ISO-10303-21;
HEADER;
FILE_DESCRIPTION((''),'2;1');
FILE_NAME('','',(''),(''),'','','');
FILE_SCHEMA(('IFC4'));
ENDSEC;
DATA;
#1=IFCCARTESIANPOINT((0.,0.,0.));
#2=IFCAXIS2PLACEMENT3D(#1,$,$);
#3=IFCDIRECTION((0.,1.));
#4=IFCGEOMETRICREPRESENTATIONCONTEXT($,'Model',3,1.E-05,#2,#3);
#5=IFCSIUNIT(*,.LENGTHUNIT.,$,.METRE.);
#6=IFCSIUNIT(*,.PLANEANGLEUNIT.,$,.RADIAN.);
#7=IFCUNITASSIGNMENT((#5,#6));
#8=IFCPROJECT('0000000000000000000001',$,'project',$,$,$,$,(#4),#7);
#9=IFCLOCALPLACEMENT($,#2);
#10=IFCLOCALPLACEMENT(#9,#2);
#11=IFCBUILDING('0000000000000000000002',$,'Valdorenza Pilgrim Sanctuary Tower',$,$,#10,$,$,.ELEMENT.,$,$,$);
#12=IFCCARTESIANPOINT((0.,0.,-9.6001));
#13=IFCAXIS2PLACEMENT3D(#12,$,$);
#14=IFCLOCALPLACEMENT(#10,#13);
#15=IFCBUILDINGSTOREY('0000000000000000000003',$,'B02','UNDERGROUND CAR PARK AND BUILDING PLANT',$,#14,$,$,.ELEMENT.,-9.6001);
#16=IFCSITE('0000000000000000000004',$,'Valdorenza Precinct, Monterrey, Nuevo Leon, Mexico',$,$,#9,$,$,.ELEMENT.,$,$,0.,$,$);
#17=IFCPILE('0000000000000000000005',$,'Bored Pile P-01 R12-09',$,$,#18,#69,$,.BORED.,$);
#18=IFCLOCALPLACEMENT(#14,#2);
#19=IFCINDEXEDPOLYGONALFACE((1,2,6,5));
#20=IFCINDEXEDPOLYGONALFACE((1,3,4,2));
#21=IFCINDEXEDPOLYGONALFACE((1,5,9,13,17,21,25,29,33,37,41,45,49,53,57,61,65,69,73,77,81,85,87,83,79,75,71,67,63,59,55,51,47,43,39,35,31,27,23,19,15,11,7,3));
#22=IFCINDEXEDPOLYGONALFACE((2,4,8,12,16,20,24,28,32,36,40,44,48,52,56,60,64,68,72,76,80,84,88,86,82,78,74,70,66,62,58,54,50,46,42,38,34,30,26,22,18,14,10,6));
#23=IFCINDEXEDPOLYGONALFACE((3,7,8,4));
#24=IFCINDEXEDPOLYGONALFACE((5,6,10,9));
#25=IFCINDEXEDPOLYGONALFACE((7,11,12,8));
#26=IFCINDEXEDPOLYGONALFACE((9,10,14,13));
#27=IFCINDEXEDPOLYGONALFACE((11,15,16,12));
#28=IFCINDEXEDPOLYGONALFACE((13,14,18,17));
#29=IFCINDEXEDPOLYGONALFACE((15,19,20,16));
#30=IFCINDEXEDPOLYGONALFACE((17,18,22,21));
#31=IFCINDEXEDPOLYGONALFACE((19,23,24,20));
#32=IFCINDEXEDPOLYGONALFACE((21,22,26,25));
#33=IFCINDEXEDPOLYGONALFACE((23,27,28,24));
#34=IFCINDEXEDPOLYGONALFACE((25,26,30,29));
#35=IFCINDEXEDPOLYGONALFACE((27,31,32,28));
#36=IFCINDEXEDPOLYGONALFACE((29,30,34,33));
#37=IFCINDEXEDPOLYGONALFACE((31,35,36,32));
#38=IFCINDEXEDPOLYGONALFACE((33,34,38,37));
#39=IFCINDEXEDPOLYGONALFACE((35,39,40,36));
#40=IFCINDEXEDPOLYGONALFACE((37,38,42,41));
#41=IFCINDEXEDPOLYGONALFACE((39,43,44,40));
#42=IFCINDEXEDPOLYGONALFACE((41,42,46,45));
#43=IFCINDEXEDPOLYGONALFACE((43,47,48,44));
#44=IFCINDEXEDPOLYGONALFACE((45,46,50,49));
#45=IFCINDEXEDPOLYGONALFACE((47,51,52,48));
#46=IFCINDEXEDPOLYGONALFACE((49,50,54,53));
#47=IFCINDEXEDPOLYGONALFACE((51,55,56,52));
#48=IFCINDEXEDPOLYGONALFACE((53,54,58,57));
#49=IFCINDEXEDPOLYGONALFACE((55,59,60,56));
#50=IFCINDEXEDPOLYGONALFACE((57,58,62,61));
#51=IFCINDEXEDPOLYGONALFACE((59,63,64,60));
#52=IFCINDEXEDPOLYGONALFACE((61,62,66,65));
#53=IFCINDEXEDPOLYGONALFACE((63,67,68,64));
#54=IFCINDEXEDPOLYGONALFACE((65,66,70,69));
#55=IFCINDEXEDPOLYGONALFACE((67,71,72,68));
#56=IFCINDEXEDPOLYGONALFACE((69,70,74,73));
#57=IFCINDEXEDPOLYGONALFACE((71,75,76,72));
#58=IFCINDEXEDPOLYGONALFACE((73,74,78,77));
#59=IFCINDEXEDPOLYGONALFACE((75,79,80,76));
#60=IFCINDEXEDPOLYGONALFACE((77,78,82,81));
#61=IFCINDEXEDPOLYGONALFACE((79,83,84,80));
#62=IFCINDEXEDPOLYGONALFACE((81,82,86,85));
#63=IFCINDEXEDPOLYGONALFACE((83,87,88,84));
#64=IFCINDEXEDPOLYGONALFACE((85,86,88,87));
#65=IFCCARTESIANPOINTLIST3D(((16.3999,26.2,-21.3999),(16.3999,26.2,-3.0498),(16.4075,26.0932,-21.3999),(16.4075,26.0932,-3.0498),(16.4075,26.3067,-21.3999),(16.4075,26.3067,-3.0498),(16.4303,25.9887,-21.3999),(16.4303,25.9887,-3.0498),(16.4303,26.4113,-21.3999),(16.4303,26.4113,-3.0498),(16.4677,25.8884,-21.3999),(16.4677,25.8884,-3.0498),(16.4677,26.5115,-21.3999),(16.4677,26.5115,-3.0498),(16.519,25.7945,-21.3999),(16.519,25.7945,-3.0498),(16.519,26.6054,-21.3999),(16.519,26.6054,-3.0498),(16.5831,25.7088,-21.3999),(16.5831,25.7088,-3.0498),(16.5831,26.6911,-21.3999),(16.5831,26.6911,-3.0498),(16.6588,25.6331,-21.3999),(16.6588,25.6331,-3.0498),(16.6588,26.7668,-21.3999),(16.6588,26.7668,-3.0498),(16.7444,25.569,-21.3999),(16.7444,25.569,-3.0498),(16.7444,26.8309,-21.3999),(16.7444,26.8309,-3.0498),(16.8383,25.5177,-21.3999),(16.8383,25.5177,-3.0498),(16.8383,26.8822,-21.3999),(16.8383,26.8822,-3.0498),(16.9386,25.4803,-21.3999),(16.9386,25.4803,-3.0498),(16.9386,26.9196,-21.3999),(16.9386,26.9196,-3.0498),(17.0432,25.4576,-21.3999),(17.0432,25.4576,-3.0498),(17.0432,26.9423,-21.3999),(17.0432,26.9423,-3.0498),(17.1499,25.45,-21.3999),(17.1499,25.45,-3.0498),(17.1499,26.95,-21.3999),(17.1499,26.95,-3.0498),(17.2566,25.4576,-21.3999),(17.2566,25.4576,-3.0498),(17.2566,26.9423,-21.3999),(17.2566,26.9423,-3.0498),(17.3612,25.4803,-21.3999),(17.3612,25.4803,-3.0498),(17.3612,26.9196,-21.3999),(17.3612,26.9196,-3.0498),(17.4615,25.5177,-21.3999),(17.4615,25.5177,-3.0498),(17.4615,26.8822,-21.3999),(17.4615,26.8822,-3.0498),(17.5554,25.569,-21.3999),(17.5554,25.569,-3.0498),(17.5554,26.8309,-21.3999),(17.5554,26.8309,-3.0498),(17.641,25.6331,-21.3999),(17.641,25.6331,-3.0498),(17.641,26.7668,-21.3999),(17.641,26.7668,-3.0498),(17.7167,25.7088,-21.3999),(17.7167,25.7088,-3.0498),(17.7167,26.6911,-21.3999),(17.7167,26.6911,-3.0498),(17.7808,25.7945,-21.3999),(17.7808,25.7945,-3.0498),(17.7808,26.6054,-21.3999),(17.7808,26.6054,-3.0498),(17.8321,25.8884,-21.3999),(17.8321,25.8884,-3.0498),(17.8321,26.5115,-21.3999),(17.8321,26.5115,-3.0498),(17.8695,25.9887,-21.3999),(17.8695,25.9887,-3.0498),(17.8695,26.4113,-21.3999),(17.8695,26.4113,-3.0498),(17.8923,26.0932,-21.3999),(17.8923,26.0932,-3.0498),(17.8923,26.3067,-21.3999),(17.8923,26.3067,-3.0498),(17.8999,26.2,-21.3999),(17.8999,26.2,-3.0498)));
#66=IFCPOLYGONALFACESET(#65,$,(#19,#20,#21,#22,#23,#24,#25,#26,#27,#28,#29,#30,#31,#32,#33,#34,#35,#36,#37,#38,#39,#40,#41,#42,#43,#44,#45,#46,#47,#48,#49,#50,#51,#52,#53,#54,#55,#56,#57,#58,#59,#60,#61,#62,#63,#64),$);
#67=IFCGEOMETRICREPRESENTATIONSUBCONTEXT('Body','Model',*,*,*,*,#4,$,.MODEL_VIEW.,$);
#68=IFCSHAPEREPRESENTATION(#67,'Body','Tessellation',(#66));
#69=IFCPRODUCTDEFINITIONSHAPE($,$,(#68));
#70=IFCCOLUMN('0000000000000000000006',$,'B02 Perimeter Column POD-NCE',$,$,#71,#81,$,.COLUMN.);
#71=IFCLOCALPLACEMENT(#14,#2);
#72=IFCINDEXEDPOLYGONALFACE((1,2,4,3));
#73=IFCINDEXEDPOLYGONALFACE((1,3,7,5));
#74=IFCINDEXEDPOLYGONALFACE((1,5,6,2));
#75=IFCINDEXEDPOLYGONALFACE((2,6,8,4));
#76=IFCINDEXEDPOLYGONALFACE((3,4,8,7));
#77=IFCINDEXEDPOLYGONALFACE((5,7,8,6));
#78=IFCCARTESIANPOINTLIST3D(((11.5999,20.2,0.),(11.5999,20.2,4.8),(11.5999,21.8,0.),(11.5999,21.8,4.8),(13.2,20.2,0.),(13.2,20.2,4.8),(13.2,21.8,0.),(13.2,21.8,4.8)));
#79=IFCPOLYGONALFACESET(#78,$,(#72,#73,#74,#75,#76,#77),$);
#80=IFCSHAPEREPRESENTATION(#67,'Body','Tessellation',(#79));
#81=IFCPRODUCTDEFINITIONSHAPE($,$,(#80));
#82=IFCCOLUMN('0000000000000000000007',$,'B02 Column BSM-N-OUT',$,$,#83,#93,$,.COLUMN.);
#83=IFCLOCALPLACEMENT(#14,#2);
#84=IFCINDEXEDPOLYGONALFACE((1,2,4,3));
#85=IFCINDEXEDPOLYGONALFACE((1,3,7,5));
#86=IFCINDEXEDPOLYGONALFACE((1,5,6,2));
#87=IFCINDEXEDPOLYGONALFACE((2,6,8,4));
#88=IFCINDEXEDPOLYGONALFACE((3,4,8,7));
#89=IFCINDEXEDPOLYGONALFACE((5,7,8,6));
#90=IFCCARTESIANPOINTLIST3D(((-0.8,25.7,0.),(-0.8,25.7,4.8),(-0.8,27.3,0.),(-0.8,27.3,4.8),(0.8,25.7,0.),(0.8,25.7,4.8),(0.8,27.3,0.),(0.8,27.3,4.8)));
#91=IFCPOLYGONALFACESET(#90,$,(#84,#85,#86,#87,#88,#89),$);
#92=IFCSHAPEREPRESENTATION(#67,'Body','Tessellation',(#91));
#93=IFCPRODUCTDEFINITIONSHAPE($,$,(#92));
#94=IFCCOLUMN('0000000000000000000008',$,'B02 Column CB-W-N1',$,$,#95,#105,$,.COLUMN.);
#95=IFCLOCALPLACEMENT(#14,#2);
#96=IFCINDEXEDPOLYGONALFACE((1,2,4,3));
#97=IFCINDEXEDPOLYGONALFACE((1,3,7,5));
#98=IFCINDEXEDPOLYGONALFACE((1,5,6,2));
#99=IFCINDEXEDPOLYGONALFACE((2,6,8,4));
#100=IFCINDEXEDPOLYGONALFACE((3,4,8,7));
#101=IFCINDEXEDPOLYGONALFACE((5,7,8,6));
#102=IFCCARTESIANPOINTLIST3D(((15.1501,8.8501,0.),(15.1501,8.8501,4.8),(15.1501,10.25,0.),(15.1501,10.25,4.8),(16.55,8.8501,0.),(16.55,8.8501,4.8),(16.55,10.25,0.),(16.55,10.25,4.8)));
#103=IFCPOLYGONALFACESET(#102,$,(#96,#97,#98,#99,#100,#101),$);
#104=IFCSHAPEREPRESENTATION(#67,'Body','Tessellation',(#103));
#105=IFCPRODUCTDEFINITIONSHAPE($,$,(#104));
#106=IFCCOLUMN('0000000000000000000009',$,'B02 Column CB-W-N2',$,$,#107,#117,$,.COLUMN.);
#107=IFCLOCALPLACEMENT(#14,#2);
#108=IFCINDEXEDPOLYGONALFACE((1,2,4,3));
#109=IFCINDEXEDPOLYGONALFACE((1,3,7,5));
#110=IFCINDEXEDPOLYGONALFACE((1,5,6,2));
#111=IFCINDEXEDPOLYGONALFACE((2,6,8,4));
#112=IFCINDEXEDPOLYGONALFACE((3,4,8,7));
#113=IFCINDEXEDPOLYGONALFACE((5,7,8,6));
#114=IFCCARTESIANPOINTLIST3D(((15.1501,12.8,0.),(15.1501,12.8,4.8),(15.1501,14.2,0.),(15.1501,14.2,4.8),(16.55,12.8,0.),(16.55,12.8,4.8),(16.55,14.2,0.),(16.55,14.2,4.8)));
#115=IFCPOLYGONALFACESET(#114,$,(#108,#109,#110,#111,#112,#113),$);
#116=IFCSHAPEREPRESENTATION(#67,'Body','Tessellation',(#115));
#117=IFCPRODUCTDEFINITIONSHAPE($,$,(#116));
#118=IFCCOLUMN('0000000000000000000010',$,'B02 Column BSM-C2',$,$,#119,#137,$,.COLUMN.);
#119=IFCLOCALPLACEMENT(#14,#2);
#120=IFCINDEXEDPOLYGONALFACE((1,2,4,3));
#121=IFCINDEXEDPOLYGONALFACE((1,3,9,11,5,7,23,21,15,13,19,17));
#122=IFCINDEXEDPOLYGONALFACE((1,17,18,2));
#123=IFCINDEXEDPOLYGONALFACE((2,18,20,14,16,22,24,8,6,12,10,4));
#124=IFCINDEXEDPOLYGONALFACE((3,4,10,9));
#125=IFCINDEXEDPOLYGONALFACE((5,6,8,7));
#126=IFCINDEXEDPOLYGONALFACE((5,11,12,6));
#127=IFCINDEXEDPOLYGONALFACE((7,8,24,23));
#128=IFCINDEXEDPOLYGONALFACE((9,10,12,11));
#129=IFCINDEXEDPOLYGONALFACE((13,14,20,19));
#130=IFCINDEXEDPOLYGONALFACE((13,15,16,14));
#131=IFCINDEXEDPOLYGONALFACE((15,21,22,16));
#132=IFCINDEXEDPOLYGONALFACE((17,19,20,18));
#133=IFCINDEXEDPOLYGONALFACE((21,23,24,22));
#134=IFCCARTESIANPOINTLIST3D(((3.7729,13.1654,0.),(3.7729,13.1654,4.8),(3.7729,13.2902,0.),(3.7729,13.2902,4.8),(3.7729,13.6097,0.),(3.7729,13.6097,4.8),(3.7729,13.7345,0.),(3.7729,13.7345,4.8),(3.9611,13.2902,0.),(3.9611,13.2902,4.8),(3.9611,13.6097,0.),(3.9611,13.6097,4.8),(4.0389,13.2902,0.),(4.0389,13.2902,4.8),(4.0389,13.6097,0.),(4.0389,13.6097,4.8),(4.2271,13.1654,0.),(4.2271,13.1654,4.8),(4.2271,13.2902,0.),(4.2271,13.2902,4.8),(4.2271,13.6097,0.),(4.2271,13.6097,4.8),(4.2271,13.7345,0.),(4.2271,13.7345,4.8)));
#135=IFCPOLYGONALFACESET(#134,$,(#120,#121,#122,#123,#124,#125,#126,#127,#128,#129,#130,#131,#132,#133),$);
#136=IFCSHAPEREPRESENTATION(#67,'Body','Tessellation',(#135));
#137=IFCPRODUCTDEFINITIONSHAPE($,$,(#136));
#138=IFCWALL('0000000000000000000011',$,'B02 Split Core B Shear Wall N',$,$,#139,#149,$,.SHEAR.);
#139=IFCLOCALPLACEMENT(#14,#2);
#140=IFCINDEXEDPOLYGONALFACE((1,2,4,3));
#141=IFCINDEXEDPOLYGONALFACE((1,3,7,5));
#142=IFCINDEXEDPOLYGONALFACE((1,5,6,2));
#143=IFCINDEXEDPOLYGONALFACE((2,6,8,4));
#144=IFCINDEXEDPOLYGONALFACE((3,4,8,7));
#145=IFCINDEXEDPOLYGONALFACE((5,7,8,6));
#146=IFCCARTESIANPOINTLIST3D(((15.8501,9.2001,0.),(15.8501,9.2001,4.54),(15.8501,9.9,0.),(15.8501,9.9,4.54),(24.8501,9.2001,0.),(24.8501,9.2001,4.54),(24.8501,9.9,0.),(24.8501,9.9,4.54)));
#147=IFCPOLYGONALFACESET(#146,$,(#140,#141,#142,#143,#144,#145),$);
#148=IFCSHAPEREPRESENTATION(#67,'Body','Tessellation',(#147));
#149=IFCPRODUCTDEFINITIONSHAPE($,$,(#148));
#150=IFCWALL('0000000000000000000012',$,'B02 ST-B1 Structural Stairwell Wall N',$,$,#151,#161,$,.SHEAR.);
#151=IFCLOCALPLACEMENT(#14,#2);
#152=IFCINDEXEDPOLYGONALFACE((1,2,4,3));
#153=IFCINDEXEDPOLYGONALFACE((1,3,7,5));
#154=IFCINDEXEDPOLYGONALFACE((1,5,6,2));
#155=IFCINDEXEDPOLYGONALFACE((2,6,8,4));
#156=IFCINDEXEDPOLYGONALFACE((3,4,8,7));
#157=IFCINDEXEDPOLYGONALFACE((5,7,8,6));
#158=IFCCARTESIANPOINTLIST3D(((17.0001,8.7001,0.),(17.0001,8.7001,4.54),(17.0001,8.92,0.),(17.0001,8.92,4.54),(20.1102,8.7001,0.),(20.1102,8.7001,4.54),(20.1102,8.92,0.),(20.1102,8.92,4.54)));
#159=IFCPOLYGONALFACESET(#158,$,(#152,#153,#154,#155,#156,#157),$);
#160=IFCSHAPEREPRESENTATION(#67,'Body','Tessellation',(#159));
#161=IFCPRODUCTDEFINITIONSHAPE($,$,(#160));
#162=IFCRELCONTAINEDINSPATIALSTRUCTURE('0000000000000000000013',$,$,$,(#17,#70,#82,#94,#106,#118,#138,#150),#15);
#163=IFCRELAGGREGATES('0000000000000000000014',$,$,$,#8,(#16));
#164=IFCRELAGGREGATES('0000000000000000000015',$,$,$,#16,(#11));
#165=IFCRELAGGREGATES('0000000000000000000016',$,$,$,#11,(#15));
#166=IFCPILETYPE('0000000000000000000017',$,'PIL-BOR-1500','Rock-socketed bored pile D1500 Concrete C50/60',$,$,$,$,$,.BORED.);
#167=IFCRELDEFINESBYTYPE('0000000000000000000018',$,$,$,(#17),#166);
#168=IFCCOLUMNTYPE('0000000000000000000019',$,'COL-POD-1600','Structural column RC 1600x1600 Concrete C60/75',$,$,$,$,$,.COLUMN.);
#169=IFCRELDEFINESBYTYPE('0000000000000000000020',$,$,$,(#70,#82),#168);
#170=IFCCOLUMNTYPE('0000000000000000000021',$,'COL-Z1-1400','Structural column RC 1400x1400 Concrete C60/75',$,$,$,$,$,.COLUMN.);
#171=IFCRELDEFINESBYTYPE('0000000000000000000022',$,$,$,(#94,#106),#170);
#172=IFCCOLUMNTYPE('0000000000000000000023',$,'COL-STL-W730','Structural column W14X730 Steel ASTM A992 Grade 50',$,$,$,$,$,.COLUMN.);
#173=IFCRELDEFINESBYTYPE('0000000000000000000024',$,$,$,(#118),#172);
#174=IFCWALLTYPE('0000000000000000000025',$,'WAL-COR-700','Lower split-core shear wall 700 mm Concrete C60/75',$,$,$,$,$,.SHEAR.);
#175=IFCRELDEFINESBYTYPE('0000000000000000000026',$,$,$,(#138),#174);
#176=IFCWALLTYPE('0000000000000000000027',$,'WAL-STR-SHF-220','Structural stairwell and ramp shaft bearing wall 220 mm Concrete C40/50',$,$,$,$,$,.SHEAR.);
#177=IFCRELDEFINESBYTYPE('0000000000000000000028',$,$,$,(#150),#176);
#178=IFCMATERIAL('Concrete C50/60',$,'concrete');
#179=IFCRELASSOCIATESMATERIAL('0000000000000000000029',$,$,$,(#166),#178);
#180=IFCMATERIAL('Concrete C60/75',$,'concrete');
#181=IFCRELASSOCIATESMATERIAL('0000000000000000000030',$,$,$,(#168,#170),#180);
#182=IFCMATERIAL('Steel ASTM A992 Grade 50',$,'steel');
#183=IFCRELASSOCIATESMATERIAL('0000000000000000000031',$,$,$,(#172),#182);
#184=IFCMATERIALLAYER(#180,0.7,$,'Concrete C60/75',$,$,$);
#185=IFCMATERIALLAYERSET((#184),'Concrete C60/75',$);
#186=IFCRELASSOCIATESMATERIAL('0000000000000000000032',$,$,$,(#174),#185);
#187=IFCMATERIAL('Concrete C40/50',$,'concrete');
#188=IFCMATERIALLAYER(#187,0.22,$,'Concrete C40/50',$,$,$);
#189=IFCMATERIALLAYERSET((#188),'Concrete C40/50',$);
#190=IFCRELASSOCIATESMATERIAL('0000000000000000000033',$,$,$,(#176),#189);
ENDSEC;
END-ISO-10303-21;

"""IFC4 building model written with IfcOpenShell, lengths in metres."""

from ifc_helpers import new_model, si_unit, direction, frame, frame_2d, origin, origin_2d, place, context, subcontext, project, spatial, rectangle, circle, i_section, extrude, source, transform, mapped, material, layer, layer_set, material_profile, profile_set, type_object, element, save


model = new_model("IFC4")

# Units and contexts
model_context = context("Model", 3, precision=1e-05, world=origin(), true_north=direction((0.0, 1.0)))
body_context = subcontext(model_context, "Body", "Model", "MODEL_VIEW")
ifc_project = project(units=[si_unit("LENGTHUNIT", "METRE"), si_unit("PLANEANGLEUNIT", "RADIAN")], contexts=[model_context])

# Site, building, storey
site_placement = place(None, origin())
site = spatial("IfcSite", under=ifc_project, at=site_placement, Name="Valdorenza Precinct, Monterrey, Nuevo Leon, Mexico", CompositionType="ELEMENT", RefElevation=0.0)
building_placement = place(site_placement, origin())
building = spatial("IfcBuilding", under=site, at=building_placement, Name="Valdorenza Pilgrim Sanctuary Tower", CompositionType="ELEMENT")
storey_placement = place(building_placement, frame((0.0, 0.0, -9.6001)))
storey = spatial("IfcBuildingStorey", under=building, at=storey_placement, Name="B02", Description="UNDERGROUND CAR PARK AND BUILDING PLANT", CompositionType="ELEMENT", Elevation=-9.6001)

# Pile
ifc_material_1 = material(Name="Concrete C50/60", Category="concrete")
ifc_material_profile_1 = material_profile(ifc_material_1, circle(Radius=0.75, at=origin_2d()), Name="BORED PILE 1500")
ifc_profile_set_1 = profile_set([ifc_material_profile_1], Name="Concrete C50/60")
pile_type = type_object("IfcPileType", Name="PIL-BOR-1500", Description="Rock-socketed bored pile D1500 Concrete C50/60", PredefinedType="BORED", material=ifc_profile_set_1)
shared_shape_1 = source(origin(), body_context, "Body", "SweptSolid", [
    extrude(circle(Radius=0.75, at=origin_2d()), origin(), (0.0, 0.0, 1.0), 18.3501),
])
for number, where, z_axis, x_axis, name in (
    (1, (17.1499, 26.2, -3.0498), (0.0, 0.0, -1.0), (1.0, 0.0, 0.0), "Bored Pile P-01 R12-09"),
):
    element("IfcPile", number, at=place(storey_placement, frame(where, z_axis=z_axis, x_axis=x_axis)), inside=storey, type_object=pile_type, Name=name, PredefinedType="BORED", context=body_context, shape_type="MappedRepresentation", body=[
        mapped(shared_shape_1, transform((0.0, 0.0, 0.0), x_axis=(1.0, 0.0, 0.0), y_axis=(0.0, 1.0, 0.0), z_axis=(0.0, 0.0, 1.0), scale=1.0)),
    ])

# Columns
ifc_material_2 = material(Name="Concrete C60/75", Category="concrete")
ifc_material_profile_2 = material_profile(ifc_material_2, rectangle(XDim=1.6001, YDim=1.6001, at=origin_2d()), Name="RC 1600x1600")
ifc_profile_set_2 = profile_set([ifc_material_profile_2], Name="Concrete C60/75")
column_type_1 = type_object("IfcColumnType", Name="COL-POD-1600", Description="Structural column RC 1600x1600 Concrete C60/75", PredefinedType="COLUMN", material=ifc_profile_set_2)
shared_shape_2 = source(origin(), body_context, "Body", "SweptSolid", [
    extrude(rectangle(XDim=1.6001, YDim=1.6001, at=origin_2d()), origin(), (0.0, 0.0, 1.0), 4.8),
])
for number, where, z_axis, x_axis, name in (
    (2, (12.3999, 21.0, 0.0), (0.0, 0.0, 1.0), (1.0, 0.0, 0.0), "B02 Perimeter Column POD-NCE"),
    (3, (0.0, 26.5, 0.0), (0.0, 0.0, 1.0), (1.0, 0.0, 0.0), "B02 Column BSM-N-OUT"),
):
    element("IfcColumn", number, at=place(storey_placement, frame(where, z_axis=z_axis, x_axis=x_axis)), inside=storey, type_object=column_type_1, Name=name, PredefinedType="COLUMN", context=body_context, shape_type="MappedRepresentation", body=[
        mapped(shared_shape_2, transform((0.0, 0.0, 0.0), x_axis=(1.0, 0.0, 0.0), y_axis=(0.0, 1.0, 0.0), z_axis=(0.0, 0.0, 1.0), scale=1.0)),
    ])
ifc_material_profile_3 = material_profile(ifc_material_2, rectangle(XDim=1.3999, YDim=1.3999, at=origin_2d()), Name="RC 1400x1400")
ifc_profile_set_3 = profile_set([ifc_material_profile_3], Name="Concrete C60/75")
column_type_2 = type_object("IfcColumnType", Name="COL-Z1-1400", Description="Structural column RC 1400x1400 Concrete C60/75", PredefinedType="COLUMN", material=ifc_profile_set_3)
shared_shape_3 = source(origin(), body_context, "Body", "SweptSolid", [
    extrude(rectangle(XDim=1.3999, YDim=1.3999, at=origin_2d()), origin(), (0.0, 0.0, 1.0), 4.8),
])
for number, where, z_axis, x_axis, name in (
    (4, (15.8501, 9.55, 0.0), (0.0, 0.0, 1.0), (1.0, 0.0, 0.0), "B02 Column CB-W-N1"),
    (5, (15.8501, 13.5, 0.0), (0.0, 0.0, 1.0), (1.0, 0.0, 0.0), "B02 Column CB-W-N2"),
):
    element("IfcColumn", number, at=place(storey_placement, frame(where, z_axis=z_axis, x_axis=x_axis)), inside=storey, type_object=column_type_2, Name=name, PredefinedType="COLUMN", context=body_context, shape_type="MappedRepresentation", body=[
        mapped(shared_shape_3, transform((0.0, 0.0, 0.0), x_axis=(1.0, 0.0, 0.0), y_axis=(0.0, 1.0, 0.0), z_axis=(0.0, 0.0, 1.0), scale=1.0)),
    ])
ifc_material_3 = material(Name="Steel ASTM A992 Grade 50", Category="steel")
ifc_material_profile_4 = material_profile(ifc_material_3, i_section(OverallWidth=0.4541, OverallDepth=0.5691, WebThickness=0.0779, FlangeThickness=0.1248, at=origin_2d()), Name="W14X730")
ifc_profile_set_4 = profile_set([ifc_material_profile_4], Name="Steel ASTM A992 Grade 50")
column_type_3 = type_object("IfcColumnType", Name="COL-STL-W730", Description="Structural column W14X730 Steel ASTM A992 Grade 50", PredefinedType="COLUMN", material=ifc_profile_set_4)
shared_shape_4 = source(origin(), body_context, "Body", "SweptSolid", [
    extrude(i_section(OverallWidth=0.4541, OverallDepth=0.5691, WebThickness=0.0779, FlangeThickness=0.1248, at=origin_2d()), origin(), (0.0, 0.0, 1.0), 4.8),
])
column_placement = place(storey_placement, frame((4.0, 13.45, 0.0), z_axis=(0.0, 0.0, 1.0), x_axis=(1.0, 0.0, 0.0)))
element("IfcColumn", 6, at=column_placement, inside=storey, type_object=column_type_3, Name="B02 Column BSM-C2", PredefinedType="COLUMN", context=body_context, shape_type="MappedRepresentation", body=[
    mapped(shared_shape_4, transform((0.0, 0.0, 0.0), x_axis=(1.0, 0.0, 0.0), y_axis=(0.0, 1.0, 0.0), z_axis=(0.0, 0.0, 1.0), scale=1.0)),
])

# Walls
ifc_layer_1 = layer(ifc_material_2, 0.7, Name="Concrete C60/75")
ifc_layer_set_1 = layer_set([ifc_layer_1], Name="Concrete C60/75")
wall_type_1 = type_object("IfcWallType", Name="WAL-COR-700", Description="Lower split-core shear wall 700 mm Concrete C60/75", PredefinedType="SHEAR", material=ifc_layer_set_1)
wall_1_placement = place(storey_placement, frame((15.8501, 9.55, 0.0), z_axis=(0.0, 0.0, 1.0), x_axis=(1.0, 0.0, 0.0)))
element("IfcWall", 7, at=wall_1_placement, inside=storey, type_object=wall_type_1, Name="B02 Split Core B Shear Wall N", PredefinedType="SHEAR", context=body_context, shape_type="SweptSolid", body=[
    extrude(rectangle(XDim=9.0, YDim=0.7, at=frame_2d((4.5, 0.0))), origin(), (0.0, 0.0, 1.0), 4.54),
])
ifc_material_4 = material(Name="Concrete C40/50", Category="concrete")
ifc_layer_2 = layer(ifc_material_4, 0.22, Name="Concrete C40/50")
ifc_layer_set_2 = layer_set([ifc_layer_2], Name="Concrete C40/50")
wall_type_2 = type_object("IfcWallType", Name="WAL-STR-SHF-220", Description="Structural stairwell and ramp shaft bearing wall 220 mm Concrete C40/50", PredefinedType="SHEAR", material=ifc_layer_set_2)
wall_2_placement = place(storey_placement, frame((17.0, 8.8101, 0.0), z_axis=(0.0, 0.0, 1.0), x_axis=(1.0, 0.0, 0.0)))
element("IfcWall", 8, at=wall_2_placement, inside=storey, type_object=wall_type_2, Name="B02 ST-B1 Structural Stairwell Wall N", PredefinedType="SHEAR", context=body_context, shape_type="SweptSolid", body=[
    extrude(rectangle(XDim=3.1101, YDim=0.22, at=frame_2d((1.5552, 0.0))), origin(), (0.0, 0.0, 1.0), 4.54),
])

save(model, "model.ifc")
